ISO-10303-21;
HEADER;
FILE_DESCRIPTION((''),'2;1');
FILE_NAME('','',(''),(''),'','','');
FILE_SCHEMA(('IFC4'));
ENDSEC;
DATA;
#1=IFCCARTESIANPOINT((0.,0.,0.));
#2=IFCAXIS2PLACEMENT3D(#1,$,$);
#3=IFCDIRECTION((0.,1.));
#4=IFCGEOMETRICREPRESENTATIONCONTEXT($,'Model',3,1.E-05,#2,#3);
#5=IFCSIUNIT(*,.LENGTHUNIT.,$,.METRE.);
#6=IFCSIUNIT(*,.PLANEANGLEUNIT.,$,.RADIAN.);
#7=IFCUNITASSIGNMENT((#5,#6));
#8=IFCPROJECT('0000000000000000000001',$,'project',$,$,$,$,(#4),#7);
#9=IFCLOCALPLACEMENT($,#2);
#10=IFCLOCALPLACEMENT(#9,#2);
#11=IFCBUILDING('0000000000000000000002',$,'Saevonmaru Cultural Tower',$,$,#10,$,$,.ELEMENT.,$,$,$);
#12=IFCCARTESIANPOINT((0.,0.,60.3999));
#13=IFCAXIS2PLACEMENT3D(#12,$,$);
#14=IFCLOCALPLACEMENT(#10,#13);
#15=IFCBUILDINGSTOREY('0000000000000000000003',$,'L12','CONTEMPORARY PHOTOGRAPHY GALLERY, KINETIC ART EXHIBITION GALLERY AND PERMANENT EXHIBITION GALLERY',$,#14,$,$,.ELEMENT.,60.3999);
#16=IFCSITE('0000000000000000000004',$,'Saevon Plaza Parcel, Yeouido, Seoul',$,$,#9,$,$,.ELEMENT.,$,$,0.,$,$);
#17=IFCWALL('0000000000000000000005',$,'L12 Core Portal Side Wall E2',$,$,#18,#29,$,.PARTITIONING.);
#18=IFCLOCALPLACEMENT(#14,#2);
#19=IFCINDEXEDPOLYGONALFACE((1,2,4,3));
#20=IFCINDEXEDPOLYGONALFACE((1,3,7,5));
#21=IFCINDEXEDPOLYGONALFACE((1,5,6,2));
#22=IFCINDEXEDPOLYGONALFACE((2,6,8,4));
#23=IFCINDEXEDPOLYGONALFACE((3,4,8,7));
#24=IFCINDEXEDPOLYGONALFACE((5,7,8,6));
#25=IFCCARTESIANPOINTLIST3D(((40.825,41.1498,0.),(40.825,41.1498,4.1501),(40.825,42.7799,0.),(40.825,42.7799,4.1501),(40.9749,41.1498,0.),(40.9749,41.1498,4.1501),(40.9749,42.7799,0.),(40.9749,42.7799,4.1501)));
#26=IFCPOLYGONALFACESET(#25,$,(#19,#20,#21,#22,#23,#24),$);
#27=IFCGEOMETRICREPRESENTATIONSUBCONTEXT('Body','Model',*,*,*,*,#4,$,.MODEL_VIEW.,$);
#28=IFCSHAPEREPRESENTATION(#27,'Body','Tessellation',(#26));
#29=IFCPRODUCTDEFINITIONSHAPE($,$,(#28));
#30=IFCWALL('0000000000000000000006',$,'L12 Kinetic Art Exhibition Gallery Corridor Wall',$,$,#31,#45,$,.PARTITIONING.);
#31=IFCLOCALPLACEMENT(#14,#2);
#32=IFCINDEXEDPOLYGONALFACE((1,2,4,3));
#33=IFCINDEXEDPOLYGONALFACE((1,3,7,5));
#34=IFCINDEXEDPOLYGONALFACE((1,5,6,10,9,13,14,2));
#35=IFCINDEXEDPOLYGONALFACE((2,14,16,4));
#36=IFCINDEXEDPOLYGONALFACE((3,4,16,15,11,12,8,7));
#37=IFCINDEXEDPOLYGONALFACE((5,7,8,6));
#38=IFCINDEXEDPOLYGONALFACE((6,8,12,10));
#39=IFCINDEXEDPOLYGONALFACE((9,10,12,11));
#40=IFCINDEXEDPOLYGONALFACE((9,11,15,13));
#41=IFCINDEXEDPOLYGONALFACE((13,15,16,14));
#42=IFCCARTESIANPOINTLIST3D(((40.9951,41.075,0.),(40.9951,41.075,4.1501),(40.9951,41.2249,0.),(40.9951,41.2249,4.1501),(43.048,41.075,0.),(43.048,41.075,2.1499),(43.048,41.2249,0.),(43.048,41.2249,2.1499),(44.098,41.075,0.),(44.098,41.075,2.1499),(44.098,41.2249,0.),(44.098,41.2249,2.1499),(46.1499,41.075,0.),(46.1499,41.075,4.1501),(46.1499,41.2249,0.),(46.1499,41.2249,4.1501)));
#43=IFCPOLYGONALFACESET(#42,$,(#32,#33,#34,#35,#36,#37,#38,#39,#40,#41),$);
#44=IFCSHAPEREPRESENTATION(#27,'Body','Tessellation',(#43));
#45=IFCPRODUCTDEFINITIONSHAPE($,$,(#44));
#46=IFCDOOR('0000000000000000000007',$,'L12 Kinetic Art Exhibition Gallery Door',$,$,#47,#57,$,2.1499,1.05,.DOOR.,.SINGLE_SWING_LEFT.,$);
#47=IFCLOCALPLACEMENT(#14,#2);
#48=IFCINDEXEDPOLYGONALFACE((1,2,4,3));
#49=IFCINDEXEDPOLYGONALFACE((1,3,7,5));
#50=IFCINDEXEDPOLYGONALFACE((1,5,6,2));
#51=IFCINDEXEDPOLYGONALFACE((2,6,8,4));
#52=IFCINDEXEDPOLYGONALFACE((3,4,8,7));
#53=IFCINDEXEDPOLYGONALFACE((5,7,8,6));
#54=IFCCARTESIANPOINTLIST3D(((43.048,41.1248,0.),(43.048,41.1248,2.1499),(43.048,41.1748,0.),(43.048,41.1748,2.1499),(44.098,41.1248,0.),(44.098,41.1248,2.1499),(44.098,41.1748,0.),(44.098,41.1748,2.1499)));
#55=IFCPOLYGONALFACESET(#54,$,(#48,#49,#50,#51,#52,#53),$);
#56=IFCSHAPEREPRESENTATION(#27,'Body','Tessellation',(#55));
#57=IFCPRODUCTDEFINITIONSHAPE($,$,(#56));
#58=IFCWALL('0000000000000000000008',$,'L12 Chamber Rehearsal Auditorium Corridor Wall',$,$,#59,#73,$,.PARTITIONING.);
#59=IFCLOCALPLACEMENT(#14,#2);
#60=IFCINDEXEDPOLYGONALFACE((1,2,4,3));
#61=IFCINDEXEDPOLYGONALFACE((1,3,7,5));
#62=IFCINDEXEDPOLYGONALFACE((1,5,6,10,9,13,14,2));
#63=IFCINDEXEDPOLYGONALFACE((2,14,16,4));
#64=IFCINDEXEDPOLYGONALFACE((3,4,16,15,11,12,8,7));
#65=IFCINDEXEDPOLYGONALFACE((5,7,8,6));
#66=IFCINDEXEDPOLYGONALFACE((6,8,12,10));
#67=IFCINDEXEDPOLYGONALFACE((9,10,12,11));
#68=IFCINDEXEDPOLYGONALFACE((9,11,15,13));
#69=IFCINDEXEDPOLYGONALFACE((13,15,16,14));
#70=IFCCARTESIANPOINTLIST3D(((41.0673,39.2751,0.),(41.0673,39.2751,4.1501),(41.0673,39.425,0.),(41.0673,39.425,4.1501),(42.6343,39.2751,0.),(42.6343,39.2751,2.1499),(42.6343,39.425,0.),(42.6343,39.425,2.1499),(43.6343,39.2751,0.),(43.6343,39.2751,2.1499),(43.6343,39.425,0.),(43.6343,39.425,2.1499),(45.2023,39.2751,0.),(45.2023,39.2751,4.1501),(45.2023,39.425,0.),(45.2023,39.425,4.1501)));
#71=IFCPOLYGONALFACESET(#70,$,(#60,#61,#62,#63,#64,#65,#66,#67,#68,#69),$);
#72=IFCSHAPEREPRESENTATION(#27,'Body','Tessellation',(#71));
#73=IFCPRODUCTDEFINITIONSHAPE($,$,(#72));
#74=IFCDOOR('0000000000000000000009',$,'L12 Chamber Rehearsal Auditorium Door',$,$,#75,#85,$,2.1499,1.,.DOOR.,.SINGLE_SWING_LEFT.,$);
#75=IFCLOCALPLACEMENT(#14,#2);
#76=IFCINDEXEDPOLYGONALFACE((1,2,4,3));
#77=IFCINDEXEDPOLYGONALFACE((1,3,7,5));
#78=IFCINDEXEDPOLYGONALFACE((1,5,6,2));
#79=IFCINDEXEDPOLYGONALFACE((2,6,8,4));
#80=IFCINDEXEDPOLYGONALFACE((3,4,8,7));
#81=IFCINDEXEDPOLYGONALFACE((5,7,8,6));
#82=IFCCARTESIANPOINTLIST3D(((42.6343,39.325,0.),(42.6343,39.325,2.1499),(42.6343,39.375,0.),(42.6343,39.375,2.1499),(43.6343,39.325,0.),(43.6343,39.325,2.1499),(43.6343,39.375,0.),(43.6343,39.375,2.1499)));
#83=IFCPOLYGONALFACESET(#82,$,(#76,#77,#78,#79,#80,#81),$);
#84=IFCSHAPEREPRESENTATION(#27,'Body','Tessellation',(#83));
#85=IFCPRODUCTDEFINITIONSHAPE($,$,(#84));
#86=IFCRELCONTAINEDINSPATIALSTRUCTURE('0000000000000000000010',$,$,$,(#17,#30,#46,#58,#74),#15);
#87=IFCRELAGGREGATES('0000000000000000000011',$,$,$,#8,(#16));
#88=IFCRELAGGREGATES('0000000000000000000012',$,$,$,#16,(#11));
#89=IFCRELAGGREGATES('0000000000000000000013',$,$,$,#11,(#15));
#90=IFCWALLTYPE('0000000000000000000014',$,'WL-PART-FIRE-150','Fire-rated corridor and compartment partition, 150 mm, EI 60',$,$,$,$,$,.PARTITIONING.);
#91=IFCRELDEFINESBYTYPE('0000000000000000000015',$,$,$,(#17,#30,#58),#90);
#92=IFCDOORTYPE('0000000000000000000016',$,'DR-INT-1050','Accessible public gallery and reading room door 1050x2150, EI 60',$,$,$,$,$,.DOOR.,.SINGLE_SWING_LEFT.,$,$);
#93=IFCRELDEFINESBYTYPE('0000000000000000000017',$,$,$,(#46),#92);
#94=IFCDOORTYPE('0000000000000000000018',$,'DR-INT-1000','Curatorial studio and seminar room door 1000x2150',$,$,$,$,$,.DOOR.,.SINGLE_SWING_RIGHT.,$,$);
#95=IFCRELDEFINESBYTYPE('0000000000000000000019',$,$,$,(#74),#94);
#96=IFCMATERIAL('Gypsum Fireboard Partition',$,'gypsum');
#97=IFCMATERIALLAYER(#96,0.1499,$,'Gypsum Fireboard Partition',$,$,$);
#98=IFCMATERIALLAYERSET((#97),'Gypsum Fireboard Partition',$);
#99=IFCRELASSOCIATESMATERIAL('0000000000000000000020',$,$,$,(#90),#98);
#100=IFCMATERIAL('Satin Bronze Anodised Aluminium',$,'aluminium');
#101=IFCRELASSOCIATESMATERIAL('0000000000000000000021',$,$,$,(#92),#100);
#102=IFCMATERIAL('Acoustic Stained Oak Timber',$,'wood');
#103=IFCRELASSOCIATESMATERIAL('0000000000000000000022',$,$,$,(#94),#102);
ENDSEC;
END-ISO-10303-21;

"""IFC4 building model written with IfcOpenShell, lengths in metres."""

from ifc_helpers import new_model, si_unit, direction, frame, frame_2d, origin, place, context, subcontext, project, spatial, rectangle, extrude, material, layer, layer_set, type_object, element, fill, save


model = new_model("IFC4")

# Units and contexts
model_context = context("Model", 3, precision=1e-05, world=origin(), true_north=direction((0.0, 1.0)))
body_context = subcontext(model_context, "Body", "Model", "MODEL_VIEW")
ifc_project = project(units=[si_unit("LENGTHUNIT", "METRE"), si_unit("PLANEANGLEUNIT", "RADIAN")], contexts=[model_context])

# Site, building, storey
site_placement = place(None, origin())
site = spatial("IfcSite", under=ifc_project, at=site_placement, Name="Saevon Plaza Parcel, Yeouido, Seoul", CompositionType="ELEMENT", RefElevation=0.0)
building_placement = place(site_placement, origin())
building = spatial("IfcBuilding", under=site, at=building_placement, Name="Saevonmaru Cultural Tower", CompositionType="ELEMENT")
storey_placement = place(building_placement, frame((0.0, 0.0, 60.3999)))
storey = spatial("IfcBuildingStorey", under=building, at=storey_placement, Name="L12", Description="CONTEMPORARY PHOTOGRAPHY GALLERY, KINETIC ART EXHIBITION GALLERY AND PERMANENT EXHIBITION GALLERY", CompositionType="ELEMENT", Elevation=60.3999)

# Shared definitions
ifc_material_1 = material(Name="Gypsum Fireboard Partition", Category="gypsum")
ifc_material_2 = material(Name="Satin Bronze Anodised Aluminium", Category="aluminium")

# Wall
ifc_layer_1 = layer(ifc_material_1, 0.1499, Name="Gypsum Fireboard Partition")
ifc_layer_set_1 = layer_set([ifc_layer_1], Name="Gypsum Fireboard Partition")
wall_type_1 = type_object("IfcWallType", Name="WL-PART-FIRE-150", Description="Fire-rated corridor and compartment partition, 150 mm, EI 60", PredefinedType="PARTITIONING", material=ifc_layer_set_1)
for number, where, z_axis, x_axis, name in (
    (1, (40.8999, 41.1499, 0.0), (0.0, 0.0, 1.0), (0.0, 1.0, 0.0), "L12 Core Portal Side Wall E2"),
):
    element("IfcWall", number, at=place(storey_placement, frame(where, z_axis=z_axis, x_axis=x_axis)), inside=storey, type_object=wall_type_1, Name=name, PredefinedType="PARTITIONING", context=body_context, shape_type="SweptSolid", body=[
        extrude(rectangle(XDim=1.6301, YDim=0.1499, at=frame_2d((0.8149, 0.0))), origin(), (0.0, 0.0, 1.0), 4.1501),
    ])

# Walls, openings, doors
wall_1_placement = place(storey_placement, frame((40.9951, 41.1499, 0.0), z_axis=(0.0, 0.0, 1.0), x_axis=(1.0, 0.0, 0.0)))
wall_1 = element("IfcWall", 2, at=wall_1_placement, inside=storey, type_object=wall_type_1, Name="L12 Kinetic Art Exhibition Gallery Corridor Wall", PredefinedType="PARTITIONING", context=body_context, shape_type="SweptSolid", body=[
    extrude(rectangle(XDim=5.1548, YDim=0.1499, at=frame_2d((2.5774, 0.0))), origin(), (0.0, 0.0, 1.0), 4.1501),
])
opening_1_placement = place(wall_1_placement, frame((2.053, 0.0, 0.0)))
opening_1 = element("IfcOpeningElement", 3, at=opening_1_placement, cuts=wall_1, PredefinedType="OPENING", context=body_context, shape_type="SweptSolid", body=[
    extrude(rectangle(XDim=1.05, YDim=2.1499, at=frame_2d((0.5249, 1.075))), frame((0.0, 0.085, 0.0), z_axis=(0.0, -1.0, 0.0), x_axis=(1.0, 0.0, 0.0)), (0.0, 0.0, 1.0), 0.1699),
])
door_type_1 = type_object("IfcDoorType", Name="DR-INT-1050", Description="Accessible public gallery and reading room door 1050x2150, EI 60", OperationType="SINGLE_SWING_LEFT", PredefinedType="DOOR", material=ifc_material_2)
door_1_placement = place(opening_1_placement, origin())
door_1 = element("IfcDoor", 4, at=door_1_placement, inside=storey, type_object=door_type_1, Name="L12 Kinetic Art Exhibition Gallery Door", OperationType="SINGLE_SWING_LEFT", OverallHeight=2.1499, OverallWidth=1.05, PredefinedType="DOOR", context=body_context, shape_type="SweptSolid", body=[
    extrude(rectangle(XDim=1.05, YDim=2.1499, at=frame_2d((0.5249, 1.075))), frame((0.0, 0.0249, 0.0), z_axis=(0.0, -1.0, 0.0), x_axis=(1.0, 0.0, 0.0)), (0.0, 0.0, 1.0), 0.05),
])
fill(opening_1, door_1)
wall_2_placement = place(storey_placement, frame((41.0674, 39.3501, 0.0), z_axis=(0.0, 0.0, 1.0), x_axis=(1.0, 0.0, 0.0)))
wall_2 = element("IfcWall", 5, at=wall_2_placement, inside=storey, type_object=wall_type_1, Name="L12 Chamber Rehearsal Auditorium Corridor Wall", PredefinedType="PARTITIONING", context=body_context, shape_type="SweptSolid", body=[
    extrude(rectangle(XDim=4.135, YDim=0.1499, at=frame_2d((2.0674, 0.0))), origin(), (0.0, 0.0, 1.0), 4.1501),
])
opening_2_placement = place(wall_2_placement, frame((1.5669, 0.0, 0.0)))
opening_2 = element("IfcOpeningElement", 6, at=opening_2_placement, cuts=wall_2, PredefinedType="OPENING", context=body_context, shape_type="SweptSolid", body=[
    extrude(rectangle(XDim=1.0, YDim=2.1499, at=frame_2d((0.5, 1.075))), frame((0.0, 0.085, 0.0), z_axis=(0.0, -1.0, 0.0), x_axis=(1.0, 0.0, 0.0)), (0.0, 0.0, 1.0), 0.1699),
])
ifc_material_3 = material(Name="Acoustic Stained Oak Timber", Category="wood")
door_type_2 = type_object("IfcDoorType", Name="DR-INT-1000", Description="Curatorial studio and seminar room door 1000x2150", OperationType="SINGLE_SWING_RIGHT", PredefinedType="DOOR", material=ifc_material_3)
door_2_placement = place(opening_2_placement, origin())
door_2 = element("IfcDoor", 7, at=door_2_placement, inside=storey, type_object=door_type_2, Name="L12 Chamber Rehearsal Auditorium Door", OperationType="SINGLE_SWING_LEFT", OverallHeight=2.1499, OverallWidth=1.0, PredefinedType="DOOR", context=body_context, shape_type="SweptSolid", body=[
    extrude(rectangle(XDim=1.0, YDim=2.1499, at=frame_2d((0.5, 1.075))), frame((0.0, 0.0249, 0.0), z_axis=(0.0, -1.0, 0.0), x_axis=(1.0, 0.0, 0.0)), (0.0, 0.0, 1.0), 0.05),
])
fill(opening_2, door_2)

save(model, "model.ifc")
